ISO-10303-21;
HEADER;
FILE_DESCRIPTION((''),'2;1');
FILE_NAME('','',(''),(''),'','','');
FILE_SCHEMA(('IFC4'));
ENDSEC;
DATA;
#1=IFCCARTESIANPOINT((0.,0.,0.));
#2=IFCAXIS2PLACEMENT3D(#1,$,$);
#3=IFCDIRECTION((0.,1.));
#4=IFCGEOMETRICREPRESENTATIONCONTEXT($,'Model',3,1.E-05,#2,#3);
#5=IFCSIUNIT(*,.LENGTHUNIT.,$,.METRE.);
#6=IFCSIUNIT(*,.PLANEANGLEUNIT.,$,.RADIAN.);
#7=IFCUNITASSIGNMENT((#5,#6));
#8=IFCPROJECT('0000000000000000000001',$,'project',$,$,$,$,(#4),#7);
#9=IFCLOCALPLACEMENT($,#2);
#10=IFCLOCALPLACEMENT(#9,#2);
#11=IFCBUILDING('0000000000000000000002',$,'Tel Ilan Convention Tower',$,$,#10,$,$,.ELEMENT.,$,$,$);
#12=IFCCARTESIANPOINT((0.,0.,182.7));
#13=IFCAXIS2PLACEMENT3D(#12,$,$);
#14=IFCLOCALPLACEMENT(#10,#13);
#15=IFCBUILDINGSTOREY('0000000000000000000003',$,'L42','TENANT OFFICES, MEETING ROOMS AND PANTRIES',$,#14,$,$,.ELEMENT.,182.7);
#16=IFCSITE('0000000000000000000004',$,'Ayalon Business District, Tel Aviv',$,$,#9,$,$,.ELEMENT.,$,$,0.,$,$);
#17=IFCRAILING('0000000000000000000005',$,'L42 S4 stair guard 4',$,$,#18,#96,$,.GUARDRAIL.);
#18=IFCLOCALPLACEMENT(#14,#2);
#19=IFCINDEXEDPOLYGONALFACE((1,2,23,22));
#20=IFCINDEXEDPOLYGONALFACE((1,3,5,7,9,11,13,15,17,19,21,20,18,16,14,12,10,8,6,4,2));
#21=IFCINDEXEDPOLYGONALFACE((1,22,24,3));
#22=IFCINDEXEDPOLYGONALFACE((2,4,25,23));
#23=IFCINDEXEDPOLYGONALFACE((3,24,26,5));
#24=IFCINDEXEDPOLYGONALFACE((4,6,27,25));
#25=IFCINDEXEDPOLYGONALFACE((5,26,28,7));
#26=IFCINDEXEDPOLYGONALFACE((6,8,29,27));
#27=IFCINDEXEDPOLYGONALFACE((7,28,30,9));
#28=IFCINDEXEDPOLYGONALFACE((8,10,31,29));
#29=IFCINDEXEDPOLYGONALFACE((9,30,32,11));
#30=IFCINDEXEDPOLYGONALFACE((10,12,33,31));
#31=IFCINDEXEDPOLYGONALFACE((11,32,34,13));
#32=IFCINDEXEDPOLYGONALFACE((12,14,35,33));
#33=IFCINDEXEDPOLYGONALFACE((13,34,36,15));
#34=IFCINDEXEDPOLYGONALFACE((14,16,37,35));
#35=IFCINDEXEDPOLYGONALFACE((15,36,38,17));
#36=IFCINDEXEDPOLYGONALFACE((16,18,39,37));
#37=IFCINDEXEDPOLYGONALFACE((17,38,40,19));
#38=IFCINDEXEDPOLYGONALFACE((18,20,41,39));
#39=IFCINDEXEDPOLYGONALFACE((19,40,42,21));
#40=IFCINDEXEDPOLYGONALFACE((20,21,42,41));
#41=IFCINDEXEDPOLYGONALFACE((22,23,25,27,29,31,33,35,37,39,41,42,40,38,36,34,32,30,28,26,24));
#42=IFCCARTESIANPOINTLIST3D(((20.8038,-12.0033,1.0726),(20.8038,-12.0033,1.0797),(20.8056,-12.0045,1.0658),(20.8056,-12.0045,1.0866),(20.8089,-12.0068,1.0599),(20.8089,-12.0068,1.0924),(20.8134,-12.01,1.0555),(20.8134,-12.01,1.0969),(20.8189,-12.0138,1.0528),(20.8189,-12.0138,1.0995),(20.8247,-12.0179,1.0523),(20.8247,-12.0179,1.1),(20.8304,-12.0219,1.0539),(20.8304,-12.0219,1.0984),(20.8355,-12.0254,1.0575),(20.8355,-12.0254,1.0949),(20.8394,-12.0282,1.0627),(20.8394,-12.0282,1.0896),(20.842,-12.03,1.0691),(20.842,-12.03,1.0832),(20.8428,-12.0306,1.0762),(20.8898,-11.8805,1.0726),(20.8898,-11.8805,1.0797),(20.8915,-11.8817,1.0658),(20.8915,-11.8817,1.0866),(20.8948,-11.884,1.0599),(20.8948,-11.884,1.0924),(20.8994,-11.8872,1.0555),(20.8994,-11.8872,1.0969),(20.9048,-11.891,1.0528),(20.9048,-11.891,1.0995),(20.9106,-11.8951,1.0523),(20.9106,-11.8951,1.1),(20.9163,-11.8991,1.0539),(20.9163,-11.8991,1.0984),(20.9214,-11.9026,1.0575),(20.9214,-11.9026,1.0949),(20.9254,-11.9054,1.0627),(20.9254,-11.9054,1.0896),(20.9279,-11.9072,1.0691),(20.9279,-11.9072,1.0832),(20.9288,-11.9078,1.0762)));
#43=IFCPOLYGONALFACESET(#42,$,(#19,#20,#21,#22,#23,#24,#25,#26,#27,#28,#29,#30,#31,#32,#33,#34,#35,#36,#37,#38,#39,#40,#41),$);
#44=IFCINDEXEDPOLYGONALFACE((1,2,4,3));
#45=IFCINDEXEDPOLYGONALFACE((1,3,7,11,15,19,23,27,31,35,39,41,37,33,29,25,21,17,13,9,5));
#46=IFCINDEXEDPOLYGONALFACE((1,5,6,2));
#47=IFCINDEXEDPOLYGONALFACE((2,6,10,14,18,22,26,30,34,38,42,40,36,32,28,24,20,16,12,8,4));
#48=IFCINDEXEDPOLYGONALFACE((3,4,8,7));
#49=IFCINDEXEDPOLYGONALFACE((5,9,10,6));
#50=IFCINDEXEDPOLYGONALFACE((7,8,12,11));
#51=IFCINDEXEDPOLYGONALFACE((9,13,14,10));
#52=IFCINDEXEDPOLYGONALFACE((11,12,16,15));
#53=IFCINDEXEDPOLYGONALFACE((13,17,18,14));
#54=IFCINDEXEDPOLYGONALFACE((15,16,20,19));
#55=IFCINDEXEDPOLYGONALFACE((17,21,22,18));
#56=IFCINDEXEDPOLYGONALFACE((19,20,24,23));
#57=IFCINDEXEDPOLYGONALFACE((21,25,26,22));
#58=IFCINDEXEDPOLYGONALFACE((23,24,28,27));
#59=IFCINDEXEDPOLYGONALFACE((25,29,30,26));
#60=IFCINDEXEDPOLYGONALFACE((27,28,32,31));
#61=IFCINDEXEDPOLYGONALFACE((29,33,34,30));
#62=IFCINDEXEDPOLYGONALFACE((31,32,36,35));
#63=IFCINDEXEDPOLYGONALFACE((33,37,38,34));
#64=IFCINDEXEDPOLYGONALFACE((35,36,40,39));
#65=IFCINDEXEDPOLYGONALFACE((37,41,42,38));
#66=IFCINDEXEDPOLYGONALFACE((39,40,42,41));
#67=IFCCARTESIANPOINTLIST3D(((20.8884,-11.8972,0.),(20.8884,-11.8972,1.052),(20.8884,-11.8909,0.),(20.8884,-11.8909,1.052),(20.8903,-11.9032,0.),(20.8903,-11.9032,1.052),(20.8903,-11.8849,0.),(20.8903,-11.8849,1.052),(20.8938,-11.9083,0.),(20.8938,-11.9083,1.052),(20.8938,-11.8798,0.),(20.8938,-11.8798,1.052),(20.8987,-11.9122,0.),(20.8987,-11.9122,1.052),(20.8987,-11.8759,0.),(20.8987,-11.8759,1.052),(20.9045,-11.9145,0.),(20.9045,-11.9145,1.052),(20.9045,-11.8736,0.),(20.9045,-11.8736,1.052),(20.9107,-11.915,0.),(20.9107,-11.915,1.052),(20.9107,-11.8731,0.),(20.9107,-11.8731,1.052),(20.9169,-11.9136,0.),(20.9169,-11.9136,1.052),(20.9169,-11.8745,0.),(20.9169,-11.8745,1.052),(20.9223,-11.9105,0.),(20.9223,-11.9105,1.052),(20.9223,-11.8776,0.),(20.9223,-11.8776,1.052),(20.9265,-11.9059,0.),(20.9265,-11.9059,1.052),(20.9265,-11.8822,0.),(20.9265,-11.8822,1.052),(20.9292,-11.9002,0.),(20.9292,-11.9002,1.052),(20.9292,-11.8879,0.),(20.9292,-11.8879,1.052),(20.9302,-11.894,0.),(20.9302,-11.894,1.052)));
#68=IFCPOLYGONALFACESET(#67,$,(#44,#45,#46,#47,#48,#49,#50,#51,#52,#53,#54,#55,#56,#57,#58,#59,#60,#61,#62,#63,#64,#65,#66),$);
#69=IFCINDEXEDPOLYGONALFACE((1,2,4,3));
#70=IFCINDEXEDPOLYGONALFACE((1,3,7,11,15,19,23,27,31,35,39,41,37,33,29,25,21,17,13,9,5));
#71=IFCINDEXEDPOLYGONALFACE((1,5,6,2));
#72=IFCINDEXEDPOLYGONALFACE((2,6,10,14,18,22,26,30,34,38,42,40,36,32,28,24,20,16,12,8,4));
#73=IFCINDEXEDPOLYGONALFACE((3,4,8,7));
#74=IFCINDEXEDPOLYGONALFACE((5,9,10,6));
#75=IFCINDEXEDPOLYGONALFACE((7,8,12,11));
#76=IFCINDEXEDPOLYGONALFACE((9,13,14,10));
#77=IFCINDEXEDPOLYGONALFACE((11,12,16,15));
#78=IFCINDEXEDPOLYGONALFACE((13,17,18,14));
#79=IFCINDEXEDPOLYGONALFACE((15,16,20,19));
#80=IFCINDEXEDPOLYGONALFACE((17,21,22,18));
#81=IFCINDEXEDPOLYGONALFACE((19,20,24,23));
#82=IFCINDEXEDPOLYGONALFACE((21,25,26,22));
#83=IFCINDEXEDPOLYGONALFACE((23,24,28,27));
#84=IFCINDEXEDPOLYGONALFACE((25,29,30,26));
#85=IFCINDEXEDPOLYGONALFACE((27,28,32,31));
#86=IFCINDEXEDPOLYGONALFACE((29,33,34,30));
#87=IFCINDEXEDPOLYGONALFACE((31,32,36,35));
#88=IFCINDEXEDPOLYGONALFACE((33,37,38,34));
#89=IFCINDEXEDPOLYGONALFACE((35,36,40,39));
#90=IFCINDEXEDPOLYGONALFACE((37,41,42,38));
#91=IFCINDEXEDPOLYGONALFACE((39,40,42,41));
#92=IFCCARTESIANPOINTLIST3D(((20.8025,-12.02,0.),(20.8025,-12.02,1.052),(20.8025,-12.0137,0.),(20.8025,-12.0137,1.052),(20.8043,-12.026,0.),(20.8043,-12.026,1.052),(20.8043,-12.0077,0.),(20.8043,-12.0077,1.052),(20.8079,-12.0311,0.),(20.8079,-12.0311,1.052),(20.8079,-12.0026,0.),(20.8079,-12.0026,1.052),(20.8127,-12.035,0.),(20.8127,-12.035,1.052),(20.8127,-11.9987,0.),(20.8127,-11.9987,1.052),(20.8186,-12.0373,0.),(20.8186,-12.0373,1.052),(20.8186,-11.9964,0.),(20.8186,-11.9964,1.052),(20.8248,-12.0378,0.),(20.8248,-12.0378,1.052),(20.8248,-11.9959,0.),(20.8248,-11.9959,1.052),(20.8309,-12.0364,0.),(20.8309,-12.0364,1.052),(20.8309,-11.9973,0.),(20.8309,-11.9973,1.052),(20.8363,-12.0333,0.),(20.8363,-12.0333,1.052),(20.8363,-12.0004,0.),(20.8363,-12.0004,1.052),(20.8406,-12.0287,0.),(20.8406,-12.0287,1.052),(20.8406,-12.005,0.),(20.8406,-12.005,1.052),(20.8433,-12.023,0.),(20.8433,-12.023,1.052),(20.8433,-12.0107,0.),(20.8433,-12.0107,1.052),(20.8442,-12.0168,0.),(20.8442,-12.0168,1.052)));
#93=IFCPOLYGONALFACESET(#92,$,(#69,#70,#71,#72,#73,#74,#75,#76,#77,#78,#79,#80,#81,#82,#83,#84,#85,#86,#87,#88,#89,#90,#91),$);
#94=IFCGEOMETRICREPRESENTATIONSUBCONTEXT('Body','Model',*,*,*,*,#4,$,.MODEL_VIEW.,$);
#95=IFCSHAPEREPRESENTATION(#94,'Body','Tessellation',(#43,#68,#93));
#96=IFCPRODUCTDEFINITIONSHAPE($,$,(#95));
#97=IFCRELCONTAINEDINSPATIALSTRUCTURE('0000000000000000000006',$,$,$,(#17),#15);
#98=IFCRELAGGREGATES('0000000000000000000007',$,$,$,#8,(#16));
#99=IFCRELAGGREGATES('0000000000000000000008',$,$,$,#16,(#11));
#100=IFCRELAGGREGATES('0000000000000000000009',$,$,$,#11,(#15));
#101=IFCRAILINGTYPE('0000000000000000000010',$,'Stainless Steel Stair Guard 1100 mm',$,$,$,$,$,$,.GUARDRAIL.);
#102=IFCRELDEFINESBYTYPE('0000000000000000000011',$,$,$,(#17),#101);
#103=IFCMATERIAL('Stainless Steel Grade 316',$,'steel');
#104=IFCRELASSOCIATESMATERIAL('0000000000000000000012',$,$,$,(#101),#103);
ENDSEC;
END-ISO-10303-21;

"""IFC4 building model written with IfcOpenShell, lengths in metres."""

from ifc_helpers import new_model, si_unit, direction, frame, origin, origin_2d, place, context, subcontext, project, spatial, circle, extrude, material, type_object, element, save


model = new_model("IFC4")

# Units and contexts
model_context = context("Model", 3, precision=1e-05, world=origin(), true_north=direction((0.0, 1.0)))
body_context = subcontext(model_context, "Body", "Model", "MODEL_VIEW")
ifc_project = project(units=[si_unit("LENGTHUNIT", "METRE"), si_unit("PLANEANGLEUNIT", "RADIAN")], contexts=[model_context])

# Site, building, storey
site_placement = place(None, origin())
site = spatial("IfcSite", under=ifc_project, at=site_placement, Name="Ayalon Business District, Tel Aviv", CompositionType="ELEMENT", RefElevation=0.0)
building_placement = place(site_placement, origin())
building = spatial("IfcBuilding", under=site, at=building_placement, Name="Tel Ilan Convention Tower", CompositionType="ELEMENT")
storey_placement = place(building_placement, frame((0.0, 0.0, 182.7)))
storey = spatial("IfcBuildingStorey", under=building, at=storey_placement, Name="L42", Description="TENANT OFFICES, MEETING ROOMS AND PANTRIES", CompositionType="ELEMENT", Elevation=182.7)

# Railing
ifc_material_1 = material(Name="Stainless Steel Grade 316", Category="steel")
railing_type_1 = type_object("IfcRailingType", Name="Stainless Steel Stair Guard 1100 mm", PredefinedType="GUARDRAIL", material=ifc_material_1)
railing_1_placement = place(storey_placement, frame((20.9092, -11.894, 0.0)))
element("IfcRailing", 1, at=railing_1_placement, inside=storey, type_object=railing_type_1, Name="L42 S4 stair guard 4", PredefinedType="GUARDRAIL", context=body_context, shape_type="SweptSolid", body=[
    extrude(circle(Radius=0.0239, at=origin_2d()), frame((0.0, 0.0, 1.0762), z_axis=(-0.573353, -0.819308, 0.0), x_axis=(0.819308, -0.573353, 0.0)), (0.0, 0.0, 1.0), 0.1499),
    extrude(circle(Radius=0.021, at=origin_2d()), origin(), (0.0, 0.0, 1.0), 1.052),
    extrude(circle(Radius=0.021, at=origin_2d()), frame((-0.0859, -0.1228, 0.0)), (0.0, 0.0, 1.0), 1.052),
])

save(model, "model.ifc")
